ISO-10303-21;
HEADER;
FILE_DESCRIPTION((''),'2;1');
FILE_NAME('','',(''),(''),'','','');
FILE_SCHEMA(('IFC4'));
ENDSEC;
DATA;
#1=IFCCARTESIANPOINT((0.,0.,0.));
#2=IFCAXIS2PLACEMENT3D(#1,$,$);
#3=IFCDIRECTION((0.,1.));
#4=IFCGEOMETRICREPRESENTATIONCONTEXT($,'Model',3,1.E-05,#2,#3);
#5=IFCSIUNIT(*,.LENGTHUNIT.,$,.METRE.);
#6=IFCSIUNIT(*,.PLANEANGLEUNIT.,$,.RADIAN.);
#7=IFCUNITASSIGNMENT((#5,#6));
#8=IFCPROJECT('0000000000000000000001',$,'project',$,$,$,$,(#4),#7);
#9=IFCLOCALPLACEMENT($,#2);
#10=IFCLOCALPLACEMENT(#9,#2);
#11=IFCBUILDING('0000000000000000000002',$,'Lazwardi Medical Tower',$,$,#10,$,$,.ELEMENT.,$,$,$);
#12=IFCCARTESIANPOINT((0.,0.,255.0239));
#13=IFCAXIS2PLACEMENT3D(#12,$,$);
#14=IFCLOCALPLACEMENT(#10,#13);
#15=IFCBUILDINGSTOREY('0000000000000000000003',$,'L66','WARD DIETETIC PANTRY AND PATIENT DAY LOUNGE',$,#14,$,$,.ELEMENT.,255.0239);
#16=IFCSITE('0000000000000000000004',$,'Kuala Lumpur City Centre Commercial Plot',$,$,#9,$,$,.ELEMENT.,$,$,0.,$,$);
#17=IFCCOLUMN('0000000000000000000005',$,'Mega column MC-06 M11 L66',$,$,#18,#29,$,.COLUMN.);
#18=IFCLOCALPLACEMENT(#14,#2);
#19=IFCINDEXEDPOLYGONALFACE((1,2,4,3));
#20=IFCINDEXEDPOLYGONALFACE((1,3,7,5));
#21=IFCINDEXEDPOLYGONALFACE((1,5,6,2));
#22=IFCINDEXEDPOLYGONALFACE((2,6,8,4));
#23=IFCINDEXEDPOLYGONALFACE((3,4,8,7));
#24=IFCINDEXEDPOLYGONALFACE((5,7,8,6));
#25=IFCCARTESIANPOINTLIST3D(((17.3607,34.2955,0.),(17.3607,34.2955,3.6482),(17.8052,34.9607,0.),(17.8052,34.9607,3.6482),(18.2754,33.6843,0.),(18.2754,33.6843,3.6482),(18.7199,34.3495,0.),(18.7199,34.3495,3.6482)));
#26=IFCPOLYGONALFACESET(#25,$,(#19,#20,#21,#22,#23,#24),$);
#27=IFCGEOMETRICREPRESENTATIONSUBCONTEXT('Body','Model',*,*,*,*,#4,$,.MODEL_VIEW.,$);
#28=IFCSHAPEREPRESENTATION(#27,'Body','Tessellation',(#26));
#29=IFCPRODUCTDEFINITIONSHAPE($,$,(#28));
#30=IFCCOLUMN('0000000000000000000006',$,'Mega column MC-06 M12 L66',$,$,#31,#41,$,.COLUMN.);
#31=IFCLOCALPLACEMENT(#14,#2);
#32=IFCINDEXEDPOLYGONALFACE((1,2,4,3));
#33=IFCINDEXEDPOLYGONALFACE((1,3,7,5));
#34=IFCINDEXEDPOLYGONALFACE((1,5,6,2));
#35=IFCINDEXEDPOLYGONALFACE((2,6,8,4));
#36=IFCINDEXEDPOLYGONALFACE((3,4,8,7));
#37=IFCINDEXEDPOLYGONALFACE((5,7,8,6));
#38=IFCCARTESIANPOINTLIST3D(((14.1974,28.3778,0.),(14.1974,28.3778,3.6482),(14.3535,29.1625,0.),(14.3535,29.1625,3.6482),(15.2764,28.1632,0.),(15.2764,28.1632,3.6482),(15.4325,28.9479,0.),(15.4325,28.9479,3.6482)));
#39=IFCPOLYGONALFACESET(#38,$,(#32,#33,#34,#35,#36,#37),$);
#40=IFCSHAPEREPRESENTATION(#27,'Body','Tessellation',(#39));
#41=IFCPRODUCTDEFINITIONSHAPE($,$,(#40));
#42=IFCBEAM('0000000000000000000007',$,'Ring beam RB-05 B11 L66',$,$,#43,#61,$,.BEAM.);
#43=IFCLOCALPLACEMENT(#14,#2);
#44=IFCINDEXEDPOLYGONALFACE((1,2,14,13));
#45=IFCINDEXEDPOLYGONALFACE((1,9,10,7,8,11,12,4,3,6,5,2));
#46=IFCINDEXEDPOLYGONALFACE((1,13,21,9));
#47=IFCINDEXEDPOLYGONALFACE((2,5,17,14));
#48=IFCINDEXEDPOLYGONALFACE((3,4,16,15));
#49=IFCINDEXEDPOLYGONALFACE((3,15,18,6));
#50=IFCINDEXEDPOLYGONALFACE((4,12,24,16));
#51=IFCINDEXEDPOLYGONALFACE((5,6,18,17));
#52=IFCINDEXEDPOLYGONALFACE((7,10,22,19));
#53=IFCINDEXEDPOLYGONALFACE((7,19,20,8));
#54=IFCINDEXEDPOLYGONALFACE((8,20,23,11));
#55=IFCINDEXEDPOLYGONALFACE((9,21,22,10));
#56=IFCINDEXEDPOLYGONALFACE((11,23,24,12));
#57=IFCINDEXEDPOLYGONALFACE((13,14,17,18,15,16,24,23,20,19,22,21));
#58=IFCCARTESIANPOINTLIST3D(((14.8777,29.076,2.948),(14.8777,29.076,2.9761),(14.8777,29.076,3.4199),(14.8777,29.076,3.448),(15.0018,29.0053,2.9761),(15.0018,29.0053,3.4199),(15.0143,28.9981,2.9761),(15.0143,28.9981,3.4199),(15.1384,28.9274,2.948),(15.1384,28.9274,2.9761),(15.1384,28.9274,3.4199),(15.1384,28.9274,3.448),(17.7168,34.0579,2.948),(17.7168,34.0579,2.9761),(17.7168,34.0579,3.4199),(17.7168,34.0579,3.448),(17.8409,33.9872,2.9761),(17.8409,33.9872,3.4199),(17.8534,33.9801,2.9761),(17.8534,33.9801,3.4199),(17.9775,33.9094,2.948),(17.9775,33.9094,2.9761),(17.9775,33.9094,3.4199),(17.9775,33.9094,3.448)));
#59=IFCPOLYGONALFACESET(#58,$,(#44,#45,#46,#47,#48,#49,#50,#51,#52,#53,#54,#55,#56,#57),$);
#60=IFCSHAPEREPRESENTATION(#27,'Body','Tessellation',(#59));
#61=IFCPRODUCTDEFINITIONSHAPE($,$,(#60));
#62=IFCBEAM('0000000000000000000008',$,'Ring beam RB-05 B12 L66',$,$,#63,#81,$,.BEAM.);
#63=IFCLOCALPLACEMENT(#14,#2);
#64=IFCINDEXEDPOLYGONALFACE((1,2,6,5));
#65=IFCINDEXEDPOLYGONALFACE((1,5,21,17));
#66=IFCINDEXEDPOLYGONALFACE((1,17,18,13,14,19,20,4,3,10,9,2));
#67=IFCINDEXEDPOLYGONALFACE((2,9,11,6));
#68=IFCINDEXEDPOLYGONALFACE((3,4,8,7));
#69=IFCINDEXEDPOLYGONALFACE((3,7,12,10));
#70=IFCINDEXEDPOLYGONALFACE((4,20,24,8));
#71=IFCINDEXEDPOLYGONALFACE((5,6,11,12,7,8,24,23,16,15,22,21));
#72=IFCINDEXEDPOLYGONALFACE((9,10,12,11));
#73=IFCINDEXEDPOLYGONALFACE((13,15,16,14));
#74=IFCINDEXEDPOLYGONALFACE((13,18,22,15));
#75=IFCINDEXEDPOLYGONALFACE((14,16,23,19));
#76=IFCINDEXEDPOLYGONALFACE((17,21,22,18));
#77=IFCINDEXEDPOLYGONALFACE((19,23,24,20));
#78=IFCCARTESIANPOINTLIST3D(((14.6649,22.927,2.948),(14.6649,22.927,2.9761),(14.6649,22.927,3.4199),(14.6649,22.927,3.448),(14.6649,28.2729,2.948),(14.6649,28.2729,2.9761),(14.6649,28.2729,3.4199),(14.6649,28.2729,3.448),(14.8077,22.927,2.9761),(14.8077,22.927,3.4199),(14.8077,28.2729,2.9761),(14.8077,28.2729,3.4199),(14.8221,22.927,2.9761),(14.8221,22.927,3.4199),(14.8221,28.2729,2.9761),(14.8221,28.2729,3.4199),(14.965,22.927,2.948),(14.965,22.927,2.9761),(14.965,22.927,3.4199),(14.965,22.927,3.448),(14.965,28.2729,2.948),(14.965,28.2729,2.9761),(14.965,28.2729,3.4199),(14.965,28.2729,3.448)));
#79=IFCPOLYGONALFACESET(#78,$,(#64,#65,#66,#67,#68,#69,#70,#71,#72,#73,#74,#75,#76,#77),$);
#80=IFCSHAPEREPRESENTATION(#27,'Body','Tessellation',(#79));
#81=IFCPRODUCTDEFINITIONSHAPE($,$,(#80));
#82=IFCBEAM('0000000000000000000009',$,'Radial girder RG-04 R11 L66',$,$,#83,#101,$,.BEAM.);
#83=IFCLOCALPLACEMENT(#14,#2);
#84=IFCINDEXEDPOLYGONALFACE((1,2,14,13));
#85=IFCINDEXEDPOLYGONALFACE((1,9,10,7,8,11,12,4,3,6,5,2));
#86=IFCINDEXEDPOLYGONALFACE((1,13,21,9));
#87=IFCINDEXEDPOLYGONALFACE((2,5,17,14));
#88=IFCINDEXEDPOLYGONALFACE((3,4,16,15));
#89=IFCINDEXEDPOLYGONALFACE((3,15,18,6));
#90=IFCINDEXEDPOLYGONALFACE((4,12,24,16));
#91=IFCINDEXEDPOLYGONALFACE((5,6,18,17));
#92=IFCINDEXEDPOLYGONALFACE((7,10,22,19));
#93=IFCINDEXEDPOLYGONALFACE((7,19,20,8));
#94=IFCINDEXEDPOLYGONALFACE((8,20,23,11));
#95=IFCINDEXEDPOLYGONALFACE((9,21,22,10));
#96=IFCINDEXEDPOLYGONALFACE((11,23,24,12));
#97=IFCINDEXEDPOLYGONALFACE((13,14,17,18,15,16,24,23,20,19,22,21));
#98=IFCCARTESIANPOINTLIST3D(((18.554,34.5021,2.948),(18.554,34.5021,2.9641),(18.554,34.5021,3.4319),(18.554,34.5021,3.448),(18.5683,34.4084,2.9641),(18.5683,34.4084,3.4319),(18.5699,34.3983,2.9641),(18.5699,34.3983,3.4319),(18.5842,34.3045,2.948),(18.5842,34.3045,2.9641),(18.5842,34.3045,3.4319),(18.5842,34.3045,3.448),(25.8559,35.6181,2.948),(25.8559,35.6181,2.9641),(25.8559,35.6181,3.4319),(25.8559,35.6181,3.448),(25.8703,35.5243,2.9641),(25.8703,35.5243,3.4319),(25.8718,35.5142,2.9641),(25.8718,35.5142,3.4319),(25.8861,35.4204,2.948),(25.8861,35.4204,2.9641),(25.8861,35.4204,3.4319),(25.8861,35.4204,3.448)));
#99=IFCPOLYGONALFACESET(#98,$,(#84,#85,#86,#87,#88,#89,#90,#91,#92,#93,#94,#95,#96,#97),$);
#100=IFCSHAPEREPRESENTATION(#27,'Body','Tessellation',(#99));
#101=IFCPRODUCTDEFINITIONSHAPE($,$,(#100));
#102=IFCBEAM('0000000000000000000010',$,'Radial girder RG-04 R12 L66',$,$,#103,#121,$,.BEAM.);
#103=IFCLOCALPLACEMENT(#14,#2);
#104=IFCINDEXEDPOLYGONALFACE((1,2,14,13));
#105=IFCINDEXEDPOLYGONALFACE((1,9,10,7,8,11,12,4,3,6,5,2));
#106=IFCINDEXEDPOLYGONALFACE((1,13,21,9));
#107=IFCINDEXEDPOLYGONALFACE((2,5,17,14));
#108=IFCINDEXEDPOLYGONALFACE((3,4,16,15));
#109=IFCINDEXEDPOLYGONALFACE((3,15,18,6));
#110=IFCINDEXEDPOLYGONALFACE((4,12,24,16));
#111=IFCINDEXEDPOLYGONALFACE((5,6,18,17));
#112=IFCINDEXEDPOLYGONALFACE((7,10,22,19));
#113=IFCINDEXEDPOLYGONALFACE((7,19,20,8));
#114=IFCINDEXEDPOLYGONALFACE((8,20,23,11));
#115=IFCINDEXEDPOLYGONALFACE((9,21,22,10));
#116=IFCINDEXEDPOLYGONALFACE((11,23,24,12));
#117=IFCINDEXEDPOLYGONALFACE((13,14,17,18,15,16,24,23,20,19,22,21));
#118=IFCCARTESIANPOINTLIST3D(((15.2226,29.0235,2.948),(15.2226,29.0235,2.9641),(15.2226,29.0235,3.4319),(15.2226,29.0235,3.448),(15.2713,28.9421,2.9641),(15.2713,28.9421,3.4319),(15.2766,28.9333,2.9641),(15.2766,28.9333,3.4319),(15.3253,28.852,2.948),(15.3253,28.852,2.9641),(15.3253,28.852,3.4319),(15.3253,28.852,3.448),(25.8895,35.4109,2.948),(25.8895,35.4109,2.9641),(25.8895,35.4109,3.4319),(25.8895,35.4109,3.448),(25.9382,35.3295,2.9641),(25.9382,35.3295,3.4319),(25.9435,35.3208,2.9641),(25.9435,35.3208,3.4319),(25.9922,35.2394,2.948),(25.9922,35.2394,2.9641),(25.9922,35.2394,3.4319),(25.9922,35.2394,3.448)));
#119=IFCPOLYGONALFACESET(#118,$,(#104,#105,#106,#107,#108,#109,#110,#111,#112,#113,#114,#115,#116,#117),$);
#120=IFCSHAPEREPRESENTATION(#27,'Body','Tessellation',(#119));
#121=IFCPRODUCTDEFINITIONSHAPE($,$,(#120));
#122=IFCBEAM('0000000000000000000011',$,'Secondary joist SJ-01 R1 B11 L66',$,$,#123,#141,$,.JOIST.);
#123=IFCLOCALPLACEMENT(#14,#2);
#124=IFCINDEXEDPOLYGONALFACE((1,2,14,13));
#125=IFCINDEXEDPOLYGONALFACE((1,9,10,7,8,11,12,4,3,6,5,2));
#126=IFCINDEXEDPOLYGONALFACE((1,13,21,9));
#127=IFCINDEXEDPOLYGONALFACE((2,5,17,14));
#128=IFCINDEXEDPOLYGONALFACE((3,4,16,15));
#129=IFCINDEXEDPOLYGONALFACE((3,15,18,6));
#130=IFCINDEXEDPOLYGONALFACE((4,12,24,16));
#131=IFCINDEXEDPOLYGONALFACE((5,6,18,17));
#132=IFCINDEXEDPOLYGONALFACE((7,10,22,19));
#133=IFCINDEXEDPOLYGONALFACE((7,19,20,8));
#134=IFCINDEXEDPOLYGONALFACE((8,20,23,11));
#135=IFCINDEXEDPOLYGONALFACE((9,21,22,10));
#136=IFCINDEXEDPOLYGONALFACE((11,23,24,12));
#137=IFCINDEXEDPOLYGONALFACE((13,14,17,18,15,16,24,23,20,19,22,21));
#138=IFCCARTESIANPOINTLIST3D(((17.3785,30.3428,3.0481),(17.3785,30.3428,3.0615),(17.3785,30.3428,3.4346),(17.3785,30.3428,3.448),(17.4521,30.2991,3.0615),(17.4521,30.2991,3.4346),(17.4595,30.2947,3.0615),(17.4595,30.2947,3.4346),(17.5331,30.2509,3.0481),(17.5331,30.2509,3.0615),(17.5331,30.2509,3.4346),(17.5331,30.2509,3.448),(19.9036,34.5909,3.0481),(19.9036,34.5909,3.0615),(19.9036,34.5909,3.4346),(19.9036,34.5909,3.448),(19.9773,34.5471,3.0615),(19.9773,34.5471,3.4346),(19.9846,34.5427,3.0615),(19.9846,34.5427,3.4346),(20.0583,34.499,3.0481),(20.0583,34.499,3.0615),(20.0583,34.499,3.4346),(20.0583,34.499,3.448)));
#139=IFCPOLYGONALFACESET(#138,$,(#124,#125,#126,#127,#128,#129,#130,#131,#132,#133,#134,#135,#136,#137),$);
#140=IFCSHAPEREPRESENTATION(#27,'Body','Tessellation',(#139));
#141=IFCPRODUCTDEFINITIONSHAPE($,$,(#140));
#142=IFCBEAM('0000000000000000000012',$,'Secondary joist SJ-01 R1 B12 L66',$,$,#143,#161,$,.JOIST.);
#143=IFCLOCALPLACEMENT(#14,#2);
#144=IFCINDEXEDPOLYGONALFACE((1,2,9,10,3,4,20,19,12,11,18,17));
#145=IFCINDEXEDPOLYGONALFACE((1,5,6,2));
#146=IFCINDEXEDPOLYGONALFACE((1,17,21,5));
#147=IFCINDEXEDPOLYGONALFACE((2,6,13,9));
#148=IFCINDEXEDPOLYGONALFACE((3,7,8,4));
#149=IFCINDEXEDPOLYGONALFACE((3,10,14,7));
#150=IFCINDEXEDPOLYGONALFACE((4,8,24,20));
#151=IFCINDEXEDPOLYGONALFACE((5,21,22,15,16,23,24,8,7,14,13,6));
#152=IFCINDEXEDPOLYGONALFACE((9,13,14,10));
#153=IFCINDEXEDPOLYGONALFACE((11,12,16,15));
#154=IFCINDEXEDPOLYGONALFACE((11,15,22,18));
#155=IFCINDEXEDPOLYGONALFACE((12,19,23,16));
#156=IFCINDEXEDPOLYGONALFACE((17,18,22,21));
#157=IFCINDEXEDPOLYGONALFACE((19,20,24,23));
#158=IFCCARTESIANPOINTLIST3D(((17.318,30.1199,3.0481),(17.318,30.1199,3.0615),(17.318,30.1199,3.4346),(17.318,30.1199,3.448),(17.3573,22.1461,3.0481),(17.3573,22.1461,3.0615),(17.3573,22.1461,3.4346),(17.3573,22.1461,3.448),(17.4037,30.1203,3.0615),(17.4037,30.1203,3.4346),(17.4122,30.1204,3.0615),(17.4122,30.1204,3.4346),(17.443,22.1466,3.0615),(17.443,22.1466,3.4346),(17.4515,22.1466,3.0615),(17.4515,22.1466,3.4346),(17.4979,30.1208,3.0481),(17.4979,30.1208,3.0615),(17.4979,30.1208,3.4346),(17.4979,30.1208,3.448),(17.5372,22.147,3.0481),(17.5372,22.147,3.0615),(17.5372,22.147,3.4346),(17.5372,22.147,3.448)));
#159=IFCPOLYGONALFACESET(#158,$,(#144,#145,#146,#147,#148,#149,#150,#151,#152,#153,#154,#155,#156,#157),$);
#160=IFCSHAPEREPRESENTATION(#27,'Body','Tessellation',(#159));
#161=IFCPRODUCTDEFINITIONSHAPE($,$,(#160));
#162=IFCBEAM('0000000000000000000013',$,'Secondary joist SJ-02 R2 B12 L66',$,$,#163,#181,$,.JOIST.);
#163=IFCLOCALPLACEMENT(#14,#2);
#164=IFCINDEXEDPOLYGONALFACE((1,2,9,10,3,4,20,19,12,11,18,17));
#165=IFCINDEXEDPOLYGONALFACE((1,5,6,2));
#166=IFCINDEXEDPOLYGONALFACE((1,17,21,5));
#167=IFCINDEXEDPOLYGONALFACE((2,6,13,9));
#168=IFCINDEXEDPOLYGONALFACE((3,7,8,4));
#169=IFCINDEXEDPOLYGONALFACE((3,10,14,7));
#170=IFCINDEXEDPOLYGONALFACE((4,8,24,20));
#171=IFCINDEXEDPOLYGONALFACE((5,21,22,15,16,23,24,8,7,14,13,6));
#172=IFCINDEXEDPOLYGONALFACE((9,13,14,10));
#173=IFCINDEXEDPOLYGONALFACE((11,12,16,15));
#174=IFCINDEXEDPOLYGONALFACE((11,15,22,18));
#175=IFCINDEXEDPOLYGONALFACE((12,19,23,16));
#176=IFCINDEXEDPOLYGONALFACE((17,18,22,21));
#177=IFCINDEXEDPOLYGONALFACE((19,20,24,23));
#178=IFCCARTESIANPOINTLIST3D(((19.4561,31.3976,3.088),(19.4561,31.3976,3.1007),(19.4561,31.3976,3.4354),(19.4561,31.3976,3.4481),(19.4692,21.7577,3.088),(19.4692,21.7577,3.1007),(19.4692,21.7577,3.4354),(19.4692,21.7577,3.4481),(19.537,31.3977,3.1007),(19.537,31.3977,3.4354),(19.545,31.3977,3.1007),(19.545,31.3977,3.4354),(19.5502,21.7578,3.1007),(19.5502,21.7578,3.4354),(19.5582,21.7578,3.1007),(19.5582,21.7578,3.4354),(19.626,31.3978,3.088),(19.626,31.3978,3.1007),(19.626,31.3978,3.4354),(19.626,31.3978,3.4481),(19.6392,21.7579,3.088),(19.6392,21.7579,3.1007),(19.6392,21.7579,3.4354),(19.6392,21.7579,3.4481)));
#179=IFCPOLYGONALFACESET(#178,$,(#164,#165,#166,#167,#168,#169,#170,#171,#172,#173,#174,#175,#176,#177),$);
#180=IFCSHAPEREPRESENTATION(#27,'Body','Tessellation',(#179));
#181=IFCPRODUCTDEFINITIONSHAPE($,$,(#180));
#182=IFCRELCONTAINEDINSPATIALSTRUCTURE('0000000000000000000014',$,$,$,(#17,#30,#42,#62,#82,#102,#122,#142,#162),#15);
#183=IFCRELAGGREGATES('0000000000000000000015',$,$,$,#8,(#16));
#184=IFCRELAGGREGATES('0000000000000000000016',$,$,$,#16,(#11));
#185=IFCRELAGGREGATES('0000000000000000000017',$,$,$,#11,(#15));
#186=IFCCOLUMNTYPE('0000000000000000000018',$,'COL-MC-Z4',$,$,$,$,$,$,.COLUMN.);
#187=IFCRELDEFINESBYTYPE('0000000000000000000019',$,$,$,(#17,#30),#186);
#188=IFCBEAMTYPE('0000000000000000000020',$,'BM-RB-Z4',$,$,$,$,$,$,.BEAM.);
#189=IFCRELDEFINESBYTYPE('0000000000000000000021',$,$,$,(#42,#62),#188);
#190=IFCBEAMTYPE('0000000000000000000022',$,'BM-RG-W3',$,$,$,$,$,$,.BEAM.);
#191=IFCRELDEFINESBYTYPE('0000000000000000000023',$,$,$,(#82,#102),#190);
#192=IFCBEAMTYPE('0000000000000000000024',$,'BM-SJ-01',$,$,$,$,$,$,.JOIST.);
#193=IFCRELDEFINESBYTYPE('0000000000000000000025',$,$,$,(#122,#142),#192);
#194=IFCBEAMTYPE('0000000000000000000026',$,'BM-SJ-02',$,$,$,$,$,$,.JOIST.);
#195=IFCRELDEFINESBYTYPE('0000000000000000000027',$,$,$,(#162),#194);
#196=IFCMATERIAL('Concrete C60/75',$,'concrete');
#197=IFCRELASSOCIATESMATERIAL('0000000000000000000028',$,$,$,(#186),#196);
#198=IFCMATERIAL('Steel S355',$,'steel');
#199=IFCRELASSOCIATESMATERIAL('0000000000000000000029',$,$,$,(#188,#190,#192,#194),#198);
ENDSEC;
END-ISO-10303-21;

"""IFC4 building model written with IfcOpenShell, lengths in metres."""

from ifc_helpers import new_model, si_unit, direction, frame, origin, origin_2d, place, context, subcontext, project, spatial, rectangle, i_section, extrude, material, material_profile, profile_set, type_object, element, save


model = new_model("IFC4")

# Units and contexts
model_context = context("Model", 3, precision=1e-05, world=origin(), true_north=direction((0.0, 1.0)))
body_context = subcontext(model_context, "Body", "Model", "MODEL_VIEW")
ifc_project = project(units=[si_unit("LENGTHUNIT", "METRE"), si_unit("PLANEANGLEUNIT", "RADIAN")], contexts=[model_context])

# Site, building, storey
site_placement = place(None, origin())
site = spatial("IfcSite", under=ifc_project, at=site_placement, Name="Kuala Lumpur City Centre Commercial Plot", CompositionType="ELEMENT", RefElevation=0.0)
building_placement = place(site_placement, origin())
building = spatial("IfcBuilding", under=site, at=building_placement, Name="Lazwardi Medical Tower", CompositionType="ELEMENT")
storey_placement = place(building_placement, frame((0.0, 0.0, 255.0239)))
storey = spatial("IfcBuildingStorey", under=building, at=storey_placement, Name="L66", Description="WARD DIETETIC PANTRY AND PATIENT DAY LOUNGE", CompositionType="ELEMENT", Elevation=255.0239)

# Columns
ifc_material_1 = material(Name="Concrete C60/75", Category="concrete")
ifc_material_profile_1 = material_profile(ifc_material_1, rectangle(XDim=1.1001, YDim=0.8, at=origin_2d()), Name="CFT-RECT 1100x800")
ifc_profile_set_1 = profile_set([ifc_material_profile_1], Name="Concrete C60/75")
column_type = type_object("IfcColumnType", Name="COL-MC-Z4", PredefinedType="COLUMN", material=ifc_profile_set_1)
for number, where, z_axis, x_axis, name in (
    (1, (18.0403, 34.3225, 0.0), (0.0, 0.0, 1.0), (-0.83147, 0.55557, 0.0), "Mega column MC-06 M11 L66"),
    (2, (14.8149, 28.6628, 0.0), (0.0, 0.0, 1.0), (-0.980785, 0.19509, 0.0), "Mega column MC-06 M12 L66"),
):
    element("IfcColumn", number, at=place(storey_placement, frame(where, z_axis=z_axis, x_axis=x_axis)), inside=storey, type_object=column_type, Name=name, PredefinedType="COLUMN", context=body_context, shape_type="SweptSolid", body=[
        extrude(rectangle(XDim=1.1001, YDim=0.8, at=origin_2d()), origin(), (0.0, 0.0, 1.0), 3.6482),
    ])

# Beams
ifc_material_2 = material(Name="Steel S355", Category="steel")
ifc_material_profile_2 = material_profile(ifc_material_2, i_section(OverallWidth=0.3, OverallDepth=0.5, WebThickness=0.0144, FlangeThickness=0.0281, at=origin_2d()), Name="HEB 500")
ifc_profile_set_2 = profile_set([ifc_material_profile_2], Name="Steel S355")
beam_type_1 = type_object("IfcBeamType", Name="BM-RB-Z4", PredefinedType="BEAM", material=ifc_profile_set_2)
beam_1_placement = place(storey_placement, frame((17.8472, 33.9836, 3.198), z_axis=(-0.495125, -0.868822, 0.0), x_axis=(0.868822, -0.495125, 0.0)))
element("IfcBeam", 3, at=beam_1_placement, inside=storey, type_object=beam_type_1, Name="Ring beam RB-05 B11 L66", PredefinedType="BEAM", context=body_context, shape_type="SweptSolid", body=[
    extrude(i_section(OverallWidth=0.3, OverallDepth=0.5, WebThickness=0.0144, FlangeThickness=0.0281, at=origin_2d()), origin(), (0.0, 0.0, 1.0), 5.7341),
])
beam_2_placement = place(storey_placement, frame((14.8149, 28.2729, 3.198), z_axis=(0.0, -1.0, 0.0), x_axis=(1.0, 0.0, 0.0)))
element("IfcBeam", 4, at=beam_2_placement, inside=storey, type_object=beam_type_1, Name="Ring beam RB-05 B12 L66", PredefinedType="BEAM", context=body_context, shape_type="SweptSolid", body=[
    extrude(i_section(OverallWidth=0.3, OverallDepth=0.5, WebThickness=0.0144, FlangeThickness=0.0281, at=origin_2d()), origin(), (0.0, 0.0, 1.0), 5.3459),
])
ifc_material_profile_3 = material_profile(ifc_material_2, i_section(OverallWidth=0.2, OverallDepth=0.5, WebThickness=0.0103, FlangeThickness=0.0161, at=origin_2d()), Name="IPE 500")
ifc_profile_set_3 = profile_set([ifc_material_profile_3], Name="Steel S355")
beam_type_2 = type_object("IfcBeamType", Name="BM-RG-W3", PredefinedType="BEAM", material=ifc_profile_set_3)
beam_3_placement = place(storey_placement, frame((18.5691, 34.4033, 3.198), z_axis=(0.988522, 0.151076, 0.0), x_axis=(-0.151076, 0.988522, 0.0)))
element("IfcBeam", 5, at=beam_3_placement, inside=storey, type_object=beam_type_2, Name="Radial girder RG-04 R11 L66", PredefinedType="BEAM", context=body_context, shape_type="SweptSolid", body=[
    extrude(i_section(OverallWidth=0.2, OverallDepth=0.5, WebThickness=0.0103, FlangeThickness=0.0161, at=origin_2d()), origin(), (0.0, 0.0, 1.0), 7.3867),
])
beam_4_placement = place(storey_placement, frame((15.2739, 28.9377, 3.198), z_axis=(0.857945, 0.513742, 0.0), x_axis=(-0.513742, 0.857945, 0.0)))
element("IfcBeam", 6, at=beam_4_placement, inside=storey, type_object=beam_type_2, Name="Radial girder RG-04 R12 L66", PredefinedType="BEAM", context=body_context, shape_type="SweptSolid", body=[
    extrude(i_section(OverallWidth=0.2, OverallDepth=0.5, WebThickness=0.0103, FlangeThickness=0.0161, at=origin_2d()), origin(), (0.0, 0.0, 1.0), 12.4331),
])
ifc_material_profile_4 = material_profile(ifc_material_2, i_section(OverallWidth=0.1799, OverallDepth=0.3999, WebThickness=0.0085, FlangeThickness=0.0134, at=origin_2d()), Name="IPE 400")
ifc_profile_set_4 = profile_set([ifc_material_profile_4], Name="Steel S355")
beam_type_3 = type_object("IfcBeamType", Name="BM-SJ-01", PredefinedType="JOIST", material=ifc_profile_set_4)
beam_5_placement = place(storey_placement, frame((19.981, 34.5449, 3.248), z_axis=(-0.510968, -0.8596, 0.0), x_axis=(0.8596, -0.510968, 0.0)))
element("IfcBeam", 7, at=beam_5_placement, inside=storey, type_object=beam_type_3, Name="Secondary joist SJ-01 R1 B11 L66", PredefinedType="JOIST", context=body_context, shape_type="SweptSolid", body=[
    extrude(i_section(OverallWidth=0.1799, OverallDepth=0.3999, WebThickness=0.0085, FlangeThickness=0.0134, at=origin_2d()), origin(), (0.0, 0.0, 1.0), 4.9419),
])
beam_6_placement = place(storey_placement, frame((17.408, 30.1204, 3.248), z_axis=(0.004929, -0.999988, 0.0), x_axis=(0.999988, 0.004929, 0.0)))
element("IfcBeam", 8, at=beam_6_placement, inside=storey, type_object=beam_type_3, Name="Secondary joist SJ-01 R1 B12 L66", PredefinedType="JOIST", context=body_context, shape_type="SweptSolid", body=[
    extrude(i_section(OverallWidth=0.1799, OverallDepth=0.3999, WebThickness=0.0085, FlangeThickness=0.0134, at=origin_2d()), origin(), (0.0, 0.0, 1.0), 7.9739),
])
ifc_material_profile_5 = material_profile(ifc_material_2, i_section(OverallWidth=0.1699, OverallDepth=0.3601, WebThickness=0.0081, FlangeThickness=0.0127, at=origin_2d()), Name="IPE 360")
ifc_profile_set_5 = profile_set([ifc_material_profile_5], Name="Steel S355")
beam_type_4 = type_object("IfcBeamType", Name="BM-SJ-02", PredefinedType="JOIST", material=ifc_profile_set_5)
beam_7_placement = place(storey_placement, frame((19.541, 31.3977, 3.2681), z_axis=(0.001368, -0.999999, 0.0), x_axis=(0.999999, 0.001368, 0.0)))
element("IfcBeam", 9, at=beam_7_placement, inside=storey, type_object=beam_type_4, Name="Secondary joist SJ-02 R2 B12 L66", PredefinedType="JOIST", context=body_context, shape_type="SweptSolid", body=[
    extrude(i_section(OverallWidth=0.1699, OverallDepth=0.3601, WebThickness=0.0081, FlangeThickness=0.0127, at=origin_2d()), origin(), (0.0, 0.0, 1.0), 9.6399),
])

save(model, "model.ifc")
